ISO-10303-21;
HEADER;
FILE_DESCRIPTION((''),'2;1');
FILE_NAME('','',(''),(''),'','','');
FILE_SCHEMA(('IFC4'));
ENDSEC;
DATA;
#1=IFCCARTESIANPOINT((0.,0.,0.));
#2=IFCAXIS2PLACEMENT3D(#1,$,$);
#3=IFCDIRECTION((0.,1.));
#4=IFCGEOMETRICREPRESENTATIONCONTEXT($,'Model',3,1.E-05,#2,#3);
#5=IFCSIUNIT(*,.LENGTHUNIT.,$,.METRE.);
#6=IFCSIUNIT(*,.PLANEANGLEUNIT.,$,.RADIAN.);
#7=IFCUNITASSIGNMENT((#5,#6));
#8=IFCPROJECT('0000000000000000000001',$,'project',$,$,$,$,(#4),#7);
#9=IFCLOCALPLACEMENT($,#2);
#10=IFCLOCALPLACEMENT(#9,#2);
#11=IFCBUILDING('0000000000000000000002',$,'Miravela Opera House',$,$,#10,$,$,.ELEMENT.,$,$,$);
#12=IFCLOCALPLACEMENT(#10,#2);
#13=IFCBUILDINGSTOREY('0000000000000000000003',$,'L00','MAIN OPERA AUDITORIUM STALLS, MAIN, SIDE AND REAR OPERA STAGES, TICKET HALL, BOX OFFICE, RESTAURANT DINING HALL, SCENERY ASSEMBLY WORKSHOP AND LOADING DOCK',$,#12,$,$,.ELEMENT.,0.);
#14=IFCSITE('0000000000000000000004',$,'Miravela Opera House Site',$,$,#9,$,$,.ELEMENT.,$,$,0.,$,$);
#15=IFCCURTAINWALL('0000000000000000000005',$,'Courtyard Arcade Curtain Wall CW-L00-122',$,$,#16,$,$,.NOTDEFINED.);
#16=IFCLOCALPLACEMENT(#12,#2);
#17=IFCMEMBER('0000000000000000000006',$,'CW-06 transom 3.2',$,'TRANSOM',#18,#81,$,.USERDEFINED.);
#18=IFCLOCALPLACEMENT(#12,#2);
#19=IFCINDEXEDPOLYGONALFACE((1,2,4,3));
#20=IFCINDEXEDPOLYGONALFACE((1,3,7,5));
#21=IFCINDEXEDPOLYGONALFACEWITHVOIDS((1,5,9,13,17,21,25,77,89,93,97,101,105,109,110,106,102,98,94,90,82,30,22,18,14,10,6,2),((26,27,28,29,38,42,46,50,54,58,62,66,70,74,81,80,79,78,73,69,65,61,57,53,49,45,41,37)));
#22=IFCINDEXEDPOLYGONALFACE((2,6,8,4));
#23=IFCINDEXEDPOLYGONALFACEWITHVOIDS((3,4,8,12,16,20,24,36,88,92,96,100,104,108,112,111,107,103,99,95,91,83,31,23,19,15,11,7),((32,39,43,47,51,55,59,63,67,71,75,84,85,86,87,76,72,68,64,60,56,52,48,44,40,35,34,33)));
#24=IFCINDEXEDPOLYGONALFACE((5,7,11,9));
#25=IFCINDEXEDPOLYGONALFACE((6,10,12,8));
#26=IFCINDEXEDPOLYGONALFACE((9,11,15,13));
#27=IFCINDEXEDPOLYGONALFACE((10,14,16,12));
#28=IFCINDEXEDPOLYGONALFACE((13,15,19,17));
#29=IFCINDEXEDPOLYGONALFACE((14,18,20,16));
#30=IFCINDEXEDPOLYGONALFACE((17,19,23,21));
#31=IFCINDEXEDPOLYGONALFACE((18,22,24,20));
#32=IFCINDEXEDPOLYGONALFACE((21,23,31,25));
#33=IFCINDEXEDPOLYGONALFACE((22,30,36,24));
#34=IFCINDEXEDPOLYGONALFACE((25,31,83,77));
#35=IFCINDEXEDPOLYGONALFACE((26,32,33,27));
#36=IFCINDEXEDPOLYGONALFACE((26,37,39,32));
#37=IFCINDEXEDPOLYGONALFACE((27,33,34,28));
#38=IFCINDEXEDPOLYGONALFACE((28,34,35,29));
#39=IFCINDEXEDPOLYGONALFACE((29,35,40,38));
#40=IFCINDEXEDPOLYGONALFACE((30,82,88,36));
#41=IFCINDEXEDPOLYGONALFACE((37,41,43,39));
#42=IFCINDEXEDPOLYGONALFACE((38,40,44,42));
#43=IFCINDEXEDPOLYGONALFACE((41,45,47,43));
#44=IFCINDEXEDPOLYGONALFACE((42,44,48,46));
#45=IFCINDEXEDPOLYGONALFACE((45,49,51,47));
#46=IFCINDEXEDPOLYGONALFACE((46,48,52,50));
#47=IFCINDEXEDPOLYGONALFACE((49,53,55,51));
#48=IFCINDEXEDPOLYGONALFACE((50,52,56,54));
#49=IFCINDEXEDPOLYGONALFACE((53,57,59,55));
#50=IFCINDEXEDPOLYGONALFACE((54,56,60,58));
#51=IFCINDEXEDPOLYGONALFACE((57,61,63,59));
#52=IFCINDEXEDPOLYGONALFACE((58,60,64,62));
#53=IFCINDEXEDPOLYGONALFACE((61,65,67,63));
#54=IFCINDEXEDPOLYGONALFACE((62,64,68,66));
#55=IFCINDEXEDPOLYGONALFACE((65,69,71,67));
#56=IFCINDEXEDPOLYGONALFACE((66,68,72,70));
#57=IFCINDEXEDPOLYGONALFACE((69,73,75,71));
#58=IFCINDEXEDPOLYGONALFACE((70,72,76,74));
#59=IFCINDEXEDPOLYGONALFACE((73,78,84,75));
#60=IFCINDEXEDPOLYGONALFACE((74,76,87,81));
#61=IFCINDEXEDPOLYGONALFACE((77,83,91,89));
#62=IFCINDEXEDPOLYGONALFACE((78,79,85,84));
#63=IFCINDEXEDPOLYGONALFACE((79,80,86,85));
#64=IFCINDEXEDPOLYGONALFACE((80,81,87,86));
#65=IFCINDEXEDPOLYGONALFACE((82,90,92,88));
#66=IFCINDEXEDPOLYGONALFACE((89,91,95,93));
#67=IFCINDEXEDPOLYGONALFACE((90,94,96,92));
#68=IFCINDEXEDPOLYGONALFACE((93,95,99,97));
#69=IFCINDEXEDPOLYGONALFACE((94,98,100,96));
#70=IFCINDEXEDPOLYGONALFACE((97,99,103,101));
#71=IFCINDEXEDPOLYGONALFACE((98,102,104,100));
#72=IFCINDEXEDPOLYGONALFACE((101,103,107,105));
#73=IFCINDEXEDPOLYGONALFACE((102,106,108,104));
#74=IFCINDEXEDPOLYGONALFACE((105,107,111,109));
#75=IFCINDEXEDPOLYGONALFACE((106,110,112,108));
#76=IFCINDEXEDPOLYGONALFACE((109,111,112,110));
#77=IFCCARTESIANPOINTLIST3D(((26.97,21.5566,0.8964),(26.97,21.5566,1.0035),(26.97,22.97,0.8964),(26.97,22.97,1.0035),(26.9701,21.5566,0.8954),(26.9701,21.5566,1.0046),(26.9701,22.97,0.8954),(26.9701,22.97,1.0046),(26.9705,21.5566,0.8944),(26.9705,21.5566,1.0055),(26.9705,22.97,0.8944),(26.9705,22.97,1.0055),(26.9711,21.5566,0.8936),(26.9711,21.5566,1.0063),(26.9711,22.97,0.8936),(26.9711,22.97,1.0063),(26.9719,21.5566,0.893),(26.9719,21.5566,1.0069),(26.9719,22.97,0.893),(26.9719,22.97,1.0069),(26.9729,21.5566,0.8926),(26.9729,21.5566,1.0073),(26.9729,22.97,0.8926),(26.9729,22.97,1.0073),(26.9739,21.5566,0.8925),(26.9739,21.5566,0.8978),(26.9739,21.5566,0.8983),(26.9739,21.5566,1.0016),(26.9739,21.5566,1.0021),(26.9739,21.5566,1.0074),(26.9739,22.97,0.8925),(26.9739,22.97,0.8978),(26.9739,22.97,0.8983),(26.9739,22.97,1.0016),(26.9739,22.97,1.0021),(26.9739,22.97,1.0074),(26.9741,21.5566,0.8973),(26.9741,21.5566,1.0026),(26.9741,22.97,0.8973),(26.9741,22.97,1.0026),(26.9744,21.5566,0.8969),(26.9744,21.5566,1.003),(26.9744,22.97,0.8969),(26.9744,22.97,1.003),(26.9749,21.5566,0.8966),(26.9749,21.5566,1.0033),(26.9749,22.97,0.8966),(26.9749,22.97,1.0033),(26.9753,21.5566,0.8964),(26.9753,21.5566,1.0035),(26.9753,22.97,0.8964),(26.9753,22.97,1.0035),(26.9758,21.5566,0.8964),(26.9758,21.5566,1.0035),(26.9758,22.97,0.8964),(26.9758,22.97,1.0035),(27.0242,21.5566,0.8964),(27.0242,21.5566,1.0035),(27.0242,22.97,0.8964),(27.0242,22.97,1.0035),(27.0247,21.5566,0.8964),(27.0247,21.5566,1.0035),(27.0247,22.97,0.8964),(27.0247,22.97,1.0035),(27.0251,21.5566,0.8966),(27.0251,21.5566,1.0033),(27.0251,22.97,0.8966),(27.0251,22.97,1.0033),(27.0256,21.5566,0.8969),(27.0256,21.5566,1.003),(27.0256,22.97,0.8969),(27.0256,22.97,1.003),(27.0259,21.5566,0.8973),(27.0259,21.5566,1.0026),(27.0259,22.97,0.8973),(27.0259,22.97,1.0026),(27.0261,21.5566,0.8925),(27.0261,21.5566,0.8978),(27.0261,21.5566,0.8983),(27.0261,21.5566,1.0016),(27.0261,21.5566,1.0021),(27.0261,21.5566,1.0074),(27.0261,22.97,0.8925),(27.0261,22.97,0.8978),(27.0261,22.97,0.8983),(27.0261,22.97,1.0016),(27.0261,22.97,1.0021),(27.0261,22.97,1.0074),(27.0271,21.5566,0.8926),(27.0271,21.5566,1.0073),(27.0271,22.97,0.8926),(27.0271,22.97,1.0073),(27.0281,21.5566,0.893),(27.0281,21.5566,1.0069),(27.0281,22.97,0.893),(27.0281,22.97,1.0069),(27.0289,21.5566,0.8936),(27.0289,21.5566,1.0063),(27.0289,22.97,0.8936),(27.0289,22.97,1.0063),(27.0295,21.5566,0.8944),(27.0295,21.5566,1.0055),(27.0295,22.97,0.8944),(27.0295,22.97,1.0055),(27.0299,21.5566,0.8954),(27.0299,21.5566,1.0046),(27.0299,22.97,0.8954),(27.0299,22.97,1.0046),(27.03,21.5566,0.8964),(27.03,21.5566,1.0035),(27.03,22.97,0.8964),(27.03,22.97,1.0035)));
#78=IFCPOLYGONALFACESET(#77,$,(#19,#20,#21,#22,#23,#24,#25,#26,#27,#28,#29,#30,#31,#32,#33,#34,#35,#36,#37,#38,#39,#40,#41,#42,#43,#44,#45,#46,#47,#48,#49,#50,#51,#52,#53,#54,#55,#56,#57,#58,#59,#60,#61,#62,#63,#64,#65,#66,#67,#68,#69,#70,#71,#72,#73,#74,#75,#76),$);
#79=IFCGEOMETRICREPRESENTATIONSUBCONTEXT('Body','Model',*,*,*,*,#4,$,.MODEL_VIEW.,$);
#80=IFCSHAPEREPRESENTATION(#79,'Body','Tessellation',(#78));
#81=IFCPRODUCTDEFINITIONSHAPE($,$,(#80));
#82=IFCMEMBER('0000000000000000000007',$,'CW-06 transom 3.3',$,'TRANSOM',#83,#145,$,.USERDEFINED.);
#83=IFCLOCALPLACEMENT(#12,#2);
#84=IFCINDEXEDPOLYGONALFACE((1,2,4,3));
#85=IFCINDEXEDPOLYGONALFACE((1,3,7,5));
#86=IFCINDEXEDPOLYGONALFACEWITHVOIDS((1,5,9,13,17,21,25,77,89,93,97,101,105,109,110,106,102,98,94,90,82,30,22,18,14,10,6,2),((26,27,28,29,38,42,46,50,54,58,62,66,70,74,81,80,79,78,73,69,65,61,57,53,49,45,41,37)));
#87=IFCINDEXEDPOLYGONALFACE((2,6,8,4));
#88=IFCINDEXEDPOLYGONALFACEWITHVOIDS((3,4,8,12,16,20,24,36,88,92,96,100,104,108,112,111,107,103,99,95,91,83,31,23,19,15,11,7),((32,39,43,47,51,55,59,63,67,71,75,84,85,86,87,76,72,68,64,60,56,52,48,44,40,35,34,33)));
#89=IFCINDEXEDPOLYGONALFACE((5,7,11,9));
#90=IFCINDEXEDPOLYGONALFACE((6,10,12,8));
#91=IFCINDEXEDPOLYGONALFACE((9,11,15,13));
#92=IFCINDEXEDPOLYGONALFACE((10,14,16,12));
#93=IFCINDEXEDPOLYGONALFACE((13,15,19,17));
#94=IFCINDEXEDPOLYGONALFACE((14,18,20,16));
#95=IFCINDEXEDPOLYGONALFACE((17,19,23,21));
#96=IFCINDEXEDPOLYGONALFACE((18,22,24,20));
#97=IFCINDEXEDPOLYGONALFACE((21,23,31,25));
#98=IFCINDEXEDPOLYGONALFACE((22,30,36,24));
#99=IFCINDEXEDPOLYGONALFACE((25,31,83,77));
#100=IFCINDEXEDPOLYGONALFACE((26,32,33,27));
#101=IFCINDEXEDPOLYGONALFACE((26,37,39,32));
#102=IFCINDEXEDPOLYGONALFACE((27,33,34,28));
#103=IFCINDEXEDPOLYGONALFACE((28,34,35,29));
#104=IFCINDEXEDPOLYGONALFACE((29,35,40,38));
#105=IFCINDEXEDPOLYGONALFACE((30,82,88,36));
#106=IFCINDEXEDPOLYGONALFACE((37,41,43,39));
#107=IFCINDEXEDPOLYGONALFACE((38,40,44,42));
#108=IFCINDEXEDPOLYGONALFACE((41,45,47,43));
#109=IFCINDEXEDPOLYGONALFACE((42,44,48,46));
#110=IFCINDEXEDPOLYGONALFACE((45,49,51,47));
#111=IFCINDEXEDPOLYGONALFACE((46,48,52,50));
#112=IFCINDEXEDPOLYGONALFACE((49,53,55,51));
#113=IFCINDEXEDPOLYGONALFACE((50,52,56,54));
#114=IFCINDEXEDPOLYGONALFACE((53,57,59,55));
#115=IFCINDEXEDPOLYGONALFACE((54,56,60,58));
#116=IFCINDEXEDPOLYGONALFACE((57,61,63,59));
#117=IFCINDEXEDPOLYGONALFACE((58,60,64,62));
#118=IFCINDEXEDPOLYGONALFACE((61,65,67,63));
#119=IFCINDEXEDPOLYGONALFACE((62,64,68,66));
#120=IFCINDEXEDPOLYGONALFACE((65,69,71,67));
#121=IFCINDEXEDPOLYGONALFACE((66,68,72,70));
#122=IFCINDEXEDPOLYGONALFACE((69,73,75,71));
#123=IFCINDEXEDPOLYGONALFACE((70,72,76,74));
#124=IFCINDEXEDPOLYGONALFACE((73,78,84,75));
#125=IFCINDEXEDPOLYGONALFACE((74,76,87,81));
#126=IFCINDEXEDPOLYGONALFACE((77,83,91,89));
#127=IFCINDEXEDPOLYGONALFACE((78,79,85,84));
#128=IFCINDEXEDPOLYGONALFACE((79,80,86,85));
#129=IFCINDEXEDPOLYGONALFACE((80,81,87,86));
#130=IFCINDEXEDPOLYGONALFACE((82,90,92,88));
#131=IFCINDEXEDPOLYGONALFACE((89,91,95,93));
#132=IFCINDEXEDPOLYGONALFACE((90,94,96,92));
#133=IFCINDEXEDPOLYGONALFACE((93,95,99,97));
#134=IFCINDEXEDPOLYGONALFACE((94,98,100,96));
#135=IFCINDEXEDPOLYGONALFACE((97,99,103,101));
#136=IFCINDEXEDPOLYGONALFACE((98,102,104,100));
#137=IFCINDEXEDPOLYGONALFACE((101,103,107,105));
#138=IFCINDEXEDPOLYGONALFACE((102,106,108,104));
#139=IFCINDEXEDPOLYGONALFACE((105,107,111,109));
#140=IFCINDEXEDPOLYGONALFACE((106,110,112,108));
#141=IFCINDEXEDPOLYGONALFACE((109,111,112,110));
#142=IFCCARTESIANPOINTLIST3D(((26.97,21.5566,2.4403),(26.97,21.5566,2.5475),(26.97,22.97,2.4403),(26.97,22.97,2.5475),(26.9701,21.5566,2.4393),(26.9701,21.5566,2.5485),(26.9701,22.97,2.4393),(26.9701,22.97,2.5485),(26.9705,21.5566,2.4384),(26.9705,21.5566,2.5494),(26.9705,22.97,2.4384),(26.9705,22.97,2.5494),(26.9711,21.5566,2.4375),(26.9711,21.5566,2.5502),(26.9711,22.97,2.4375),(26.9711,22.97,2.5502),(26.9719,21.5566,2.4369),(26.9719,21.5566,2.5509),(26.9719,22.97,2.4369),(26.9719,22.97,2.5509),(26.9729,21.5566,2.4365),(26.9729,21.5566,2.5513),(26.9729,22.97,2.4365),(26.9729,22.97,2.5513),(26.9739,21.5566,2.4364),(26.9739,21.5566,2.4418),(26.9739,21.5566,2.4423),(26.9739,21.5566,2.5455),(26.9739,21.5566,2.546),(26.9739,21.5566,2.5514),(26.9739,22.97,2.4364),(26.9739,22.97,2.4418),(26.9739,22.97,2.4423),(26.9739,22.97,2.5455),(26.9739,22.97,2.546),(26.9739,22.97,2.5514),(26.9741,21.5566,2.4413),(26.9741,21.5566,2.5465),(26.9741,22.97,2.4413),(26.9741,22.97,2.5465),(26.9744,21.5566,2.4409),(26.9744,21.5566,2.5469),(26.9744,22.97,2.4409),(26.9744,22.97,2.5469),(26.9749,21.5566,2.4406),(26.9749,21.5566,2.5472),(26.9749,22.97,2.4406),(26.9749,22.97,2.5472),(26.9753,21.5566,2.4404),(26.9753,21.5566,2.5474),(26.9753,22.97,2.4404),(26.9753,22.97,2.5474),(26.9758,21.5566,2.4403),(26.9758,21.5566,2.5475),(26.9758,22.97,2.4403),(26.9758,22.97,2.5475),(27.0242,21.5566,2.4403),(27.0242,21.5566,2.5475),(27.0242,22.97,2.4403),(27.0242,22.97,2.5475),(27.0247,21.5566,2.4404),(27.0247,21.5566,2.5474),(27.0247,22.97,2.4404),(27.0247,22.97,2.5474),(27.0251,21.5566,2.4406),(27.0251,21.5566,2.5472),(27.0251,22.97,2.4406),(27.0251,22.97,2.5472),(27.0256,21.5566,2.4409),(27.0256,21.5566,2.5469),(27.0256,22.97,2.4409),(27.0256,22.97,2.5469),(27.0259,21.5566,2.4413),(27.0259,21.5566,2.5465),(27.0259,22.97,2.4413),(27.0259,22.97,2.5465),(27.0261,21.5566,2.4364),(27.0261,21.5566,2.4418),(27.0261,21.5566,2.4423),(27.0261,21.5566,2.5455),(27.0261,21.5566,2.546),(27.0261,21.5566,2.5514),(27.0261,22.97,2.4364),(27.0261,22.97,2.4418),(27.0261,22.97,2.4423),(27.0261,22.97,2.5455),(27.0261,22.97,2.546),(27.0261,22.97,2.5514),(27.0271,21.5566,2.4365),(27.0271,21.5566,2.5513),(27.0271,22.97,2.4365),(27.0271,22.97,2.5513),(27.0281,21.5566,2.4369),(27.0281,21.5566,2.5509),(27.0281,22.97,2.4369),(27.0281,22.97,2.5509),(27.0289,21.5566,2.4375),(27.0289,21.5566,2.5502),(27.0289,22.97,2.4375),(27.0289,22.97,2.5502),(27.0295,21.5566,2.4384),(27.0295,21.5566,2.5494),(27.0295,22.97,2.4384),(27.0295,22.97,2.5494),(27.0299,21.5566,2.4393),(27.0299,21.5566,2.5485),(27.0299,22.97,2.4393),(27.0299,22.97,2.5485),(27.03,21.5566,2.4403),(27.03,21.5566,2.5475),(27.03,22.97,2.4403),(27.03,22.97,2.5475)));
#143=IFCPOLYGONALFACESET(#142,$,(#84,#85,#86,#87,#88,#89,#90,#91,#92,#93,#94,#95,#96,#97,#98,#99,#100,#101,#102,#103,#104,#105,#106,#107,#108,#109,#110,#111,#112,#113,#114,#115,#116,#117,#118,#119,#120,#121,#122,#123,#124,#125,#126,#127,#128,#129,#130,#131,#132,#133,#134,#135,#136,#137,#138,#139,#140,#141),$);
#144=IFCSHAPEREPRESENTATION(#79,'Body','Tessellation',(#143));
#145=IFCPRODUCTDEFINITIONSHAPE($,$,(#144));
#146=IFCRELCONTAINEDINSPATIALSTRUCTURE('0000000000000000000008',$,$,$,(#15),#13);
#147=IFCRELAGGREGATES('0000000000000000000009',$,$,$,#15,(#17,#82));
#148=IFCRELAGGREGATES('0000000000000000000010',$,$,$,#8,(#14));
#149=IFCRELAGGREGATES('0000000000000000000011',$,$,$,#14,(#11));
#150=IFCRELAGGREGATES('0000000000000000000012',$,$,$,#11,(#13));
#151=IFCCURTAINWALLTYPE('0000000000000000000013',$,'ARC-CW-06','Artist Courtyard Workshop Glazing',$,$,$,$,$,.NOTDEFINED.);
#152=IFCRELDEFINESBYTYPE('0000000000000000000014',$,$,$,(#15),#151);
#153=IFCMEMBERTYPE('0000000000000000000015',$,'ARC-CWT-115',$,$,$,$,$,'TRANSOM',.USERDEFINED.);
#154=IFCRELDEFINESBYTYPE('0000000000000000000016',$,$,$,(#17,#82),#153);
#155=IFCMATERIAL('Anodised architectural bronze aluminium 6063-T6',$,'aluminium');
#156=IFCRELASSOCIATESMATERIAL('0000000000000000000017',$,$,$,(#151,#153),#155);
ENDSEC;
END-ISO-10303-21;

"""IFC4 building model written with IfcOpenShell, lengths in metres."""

from ifc_helpers import new_model, si_unit, direction, frame, origin, origin_2d, place, context, subcontext, project, spatial, hollow_rectangle, extrude, material, material_profile, profile_set, type_object, element, aggregate, save


model = new_model("IFC4")

# Units and contexts
model_context = context("Model", 3, precision=1e-05, world=origin(), true_north=direction((0.0, 1.0)))
body_context = subcontext(model_context, "Body", "Model", "MODEL_VIEW")
ifc_project = project(units=[si_unit("LENGTHUNIT", "METRE"), si_unit("PLANEANGLEUNIT", "RADIAN")], contexts=[model_context])

# Site, building, storey
site_placement = place(None, origin())
site = spatial("IfcSite", under=ifc_project, at=site_placement, Name="Miravela Opera House Site", CompositionType="ELEMENT", RefElevation=0.0)
building_placement = place(site_placement, origin())
building = spatial("IfcBuilding", under=site, at=building_placement, Name="Miravela Opera House", CompositionType="ELEMENT")
storey_placement = place(building_placement, origin())
storey = spatial("IfcBuildingStorey", under=building, at=storey_placement, Name="L00", Description="MAIN OPERA AUDITORIUM STALLS, MAIN, SIDE AND REAR OPERA STAGES, TICKET HALL, BOX OFFICE, RESTAURANT DINING HALL, SCENERY ASSEMBLY WORKSHOP AND LOADING DOCK", CompositionType="ELEMENT", Elevation=0.0)

# Curtain wall, members
ifc_material_1 = material(Name="Anodised architectural bronze aluminium 6063-T6", Category="aluminium")
curtain_wall_type = type_object("IfcCurtainWallType", Name="ARC-CW-06", Description="Artist Courtyard Workshop Glazing", PredefinedType="NOTDEFINED", material=ifc_material_1)
curtain_wall_placement = place(storey_placement, origin())
curtain_wall = element("IfcCurtainWall", 1, at=curtain_wall_placement, inside=storey, type_object=curtain_wall_type, Name="Courtyard Arcade Curtain Wall CW-L00-122", PredefinedType="NOTDEFINED")
ifc_material_profile_1 = material_profile(ifc_material_1, hollow_rectangle(XDim=0.0601, YDim=0.115, WallThickness=0.0039, InnerFilletRadius=0.002, OuterFilletRadius=0.0039, at=origin_2d()), Name="CWT-60X115")
ifc_profile_set_1 = profile_set([ifc_material_profile_1])
member_type_1 = type_object("IfcMemberType", Name="ARC-CWT-115", ElementType="TRANSOM", PredefinedType="USERDEFINED", material=ifc_profile_set_1)
member_1_placement = place(storey_placement, frame((27.0, 21.5566, 0.95), z_axis=(0.0, 1.0, 0.0), x_axis=(-1.0, 0.0, 0.0)))
member_1 = element("IfcMember", 2, at=member_1_placement, type_object=member_type_1, Name="CW-06 transom 3.2", ObjectType="TRANSOM", PredefinedType="USERDEFINED", context=body_context, shape_type="SweptSolid", body=[
    extrude(hollow_rectangle(XDim=0.0601, YDim=0.115, WallThickness=0.0039, InnerFilletRadius=0.002, OuterFilletRadius=0.0039, at=origin_2d()), origin(), (0.0, 0.0, 1.0), 1.4133),
])
member_2_placement = place(storey_placement, frame((27.0, 21.5566, 2.4939), z_axis=(0.0, 1.0, 0.0), x_axis=(-1.0, 0.0, 0.0)))
member_2 = element("IfcMember", 3, at=member_2_placement, type_object=member_type_1, Name="CW-06 transom 3.3", ObjectType="TRANSOM", PredefinedType="USERDEFINED", context=body_context, shape_type="SweptSolid", body=[
    extrude(hollow_rectangle(XDim=0.0601, YDim=0.115, WallThickness=0.0039, InnerFilletRadius=0.002, OuterFilletRadius=0.0039, at=origin_2d()), origin(), (0.0, 0.0, 1.0), 1.4133),
])
aggregate(curtain_wall, [member_1, member_2])

save(model, "model.ifc")
